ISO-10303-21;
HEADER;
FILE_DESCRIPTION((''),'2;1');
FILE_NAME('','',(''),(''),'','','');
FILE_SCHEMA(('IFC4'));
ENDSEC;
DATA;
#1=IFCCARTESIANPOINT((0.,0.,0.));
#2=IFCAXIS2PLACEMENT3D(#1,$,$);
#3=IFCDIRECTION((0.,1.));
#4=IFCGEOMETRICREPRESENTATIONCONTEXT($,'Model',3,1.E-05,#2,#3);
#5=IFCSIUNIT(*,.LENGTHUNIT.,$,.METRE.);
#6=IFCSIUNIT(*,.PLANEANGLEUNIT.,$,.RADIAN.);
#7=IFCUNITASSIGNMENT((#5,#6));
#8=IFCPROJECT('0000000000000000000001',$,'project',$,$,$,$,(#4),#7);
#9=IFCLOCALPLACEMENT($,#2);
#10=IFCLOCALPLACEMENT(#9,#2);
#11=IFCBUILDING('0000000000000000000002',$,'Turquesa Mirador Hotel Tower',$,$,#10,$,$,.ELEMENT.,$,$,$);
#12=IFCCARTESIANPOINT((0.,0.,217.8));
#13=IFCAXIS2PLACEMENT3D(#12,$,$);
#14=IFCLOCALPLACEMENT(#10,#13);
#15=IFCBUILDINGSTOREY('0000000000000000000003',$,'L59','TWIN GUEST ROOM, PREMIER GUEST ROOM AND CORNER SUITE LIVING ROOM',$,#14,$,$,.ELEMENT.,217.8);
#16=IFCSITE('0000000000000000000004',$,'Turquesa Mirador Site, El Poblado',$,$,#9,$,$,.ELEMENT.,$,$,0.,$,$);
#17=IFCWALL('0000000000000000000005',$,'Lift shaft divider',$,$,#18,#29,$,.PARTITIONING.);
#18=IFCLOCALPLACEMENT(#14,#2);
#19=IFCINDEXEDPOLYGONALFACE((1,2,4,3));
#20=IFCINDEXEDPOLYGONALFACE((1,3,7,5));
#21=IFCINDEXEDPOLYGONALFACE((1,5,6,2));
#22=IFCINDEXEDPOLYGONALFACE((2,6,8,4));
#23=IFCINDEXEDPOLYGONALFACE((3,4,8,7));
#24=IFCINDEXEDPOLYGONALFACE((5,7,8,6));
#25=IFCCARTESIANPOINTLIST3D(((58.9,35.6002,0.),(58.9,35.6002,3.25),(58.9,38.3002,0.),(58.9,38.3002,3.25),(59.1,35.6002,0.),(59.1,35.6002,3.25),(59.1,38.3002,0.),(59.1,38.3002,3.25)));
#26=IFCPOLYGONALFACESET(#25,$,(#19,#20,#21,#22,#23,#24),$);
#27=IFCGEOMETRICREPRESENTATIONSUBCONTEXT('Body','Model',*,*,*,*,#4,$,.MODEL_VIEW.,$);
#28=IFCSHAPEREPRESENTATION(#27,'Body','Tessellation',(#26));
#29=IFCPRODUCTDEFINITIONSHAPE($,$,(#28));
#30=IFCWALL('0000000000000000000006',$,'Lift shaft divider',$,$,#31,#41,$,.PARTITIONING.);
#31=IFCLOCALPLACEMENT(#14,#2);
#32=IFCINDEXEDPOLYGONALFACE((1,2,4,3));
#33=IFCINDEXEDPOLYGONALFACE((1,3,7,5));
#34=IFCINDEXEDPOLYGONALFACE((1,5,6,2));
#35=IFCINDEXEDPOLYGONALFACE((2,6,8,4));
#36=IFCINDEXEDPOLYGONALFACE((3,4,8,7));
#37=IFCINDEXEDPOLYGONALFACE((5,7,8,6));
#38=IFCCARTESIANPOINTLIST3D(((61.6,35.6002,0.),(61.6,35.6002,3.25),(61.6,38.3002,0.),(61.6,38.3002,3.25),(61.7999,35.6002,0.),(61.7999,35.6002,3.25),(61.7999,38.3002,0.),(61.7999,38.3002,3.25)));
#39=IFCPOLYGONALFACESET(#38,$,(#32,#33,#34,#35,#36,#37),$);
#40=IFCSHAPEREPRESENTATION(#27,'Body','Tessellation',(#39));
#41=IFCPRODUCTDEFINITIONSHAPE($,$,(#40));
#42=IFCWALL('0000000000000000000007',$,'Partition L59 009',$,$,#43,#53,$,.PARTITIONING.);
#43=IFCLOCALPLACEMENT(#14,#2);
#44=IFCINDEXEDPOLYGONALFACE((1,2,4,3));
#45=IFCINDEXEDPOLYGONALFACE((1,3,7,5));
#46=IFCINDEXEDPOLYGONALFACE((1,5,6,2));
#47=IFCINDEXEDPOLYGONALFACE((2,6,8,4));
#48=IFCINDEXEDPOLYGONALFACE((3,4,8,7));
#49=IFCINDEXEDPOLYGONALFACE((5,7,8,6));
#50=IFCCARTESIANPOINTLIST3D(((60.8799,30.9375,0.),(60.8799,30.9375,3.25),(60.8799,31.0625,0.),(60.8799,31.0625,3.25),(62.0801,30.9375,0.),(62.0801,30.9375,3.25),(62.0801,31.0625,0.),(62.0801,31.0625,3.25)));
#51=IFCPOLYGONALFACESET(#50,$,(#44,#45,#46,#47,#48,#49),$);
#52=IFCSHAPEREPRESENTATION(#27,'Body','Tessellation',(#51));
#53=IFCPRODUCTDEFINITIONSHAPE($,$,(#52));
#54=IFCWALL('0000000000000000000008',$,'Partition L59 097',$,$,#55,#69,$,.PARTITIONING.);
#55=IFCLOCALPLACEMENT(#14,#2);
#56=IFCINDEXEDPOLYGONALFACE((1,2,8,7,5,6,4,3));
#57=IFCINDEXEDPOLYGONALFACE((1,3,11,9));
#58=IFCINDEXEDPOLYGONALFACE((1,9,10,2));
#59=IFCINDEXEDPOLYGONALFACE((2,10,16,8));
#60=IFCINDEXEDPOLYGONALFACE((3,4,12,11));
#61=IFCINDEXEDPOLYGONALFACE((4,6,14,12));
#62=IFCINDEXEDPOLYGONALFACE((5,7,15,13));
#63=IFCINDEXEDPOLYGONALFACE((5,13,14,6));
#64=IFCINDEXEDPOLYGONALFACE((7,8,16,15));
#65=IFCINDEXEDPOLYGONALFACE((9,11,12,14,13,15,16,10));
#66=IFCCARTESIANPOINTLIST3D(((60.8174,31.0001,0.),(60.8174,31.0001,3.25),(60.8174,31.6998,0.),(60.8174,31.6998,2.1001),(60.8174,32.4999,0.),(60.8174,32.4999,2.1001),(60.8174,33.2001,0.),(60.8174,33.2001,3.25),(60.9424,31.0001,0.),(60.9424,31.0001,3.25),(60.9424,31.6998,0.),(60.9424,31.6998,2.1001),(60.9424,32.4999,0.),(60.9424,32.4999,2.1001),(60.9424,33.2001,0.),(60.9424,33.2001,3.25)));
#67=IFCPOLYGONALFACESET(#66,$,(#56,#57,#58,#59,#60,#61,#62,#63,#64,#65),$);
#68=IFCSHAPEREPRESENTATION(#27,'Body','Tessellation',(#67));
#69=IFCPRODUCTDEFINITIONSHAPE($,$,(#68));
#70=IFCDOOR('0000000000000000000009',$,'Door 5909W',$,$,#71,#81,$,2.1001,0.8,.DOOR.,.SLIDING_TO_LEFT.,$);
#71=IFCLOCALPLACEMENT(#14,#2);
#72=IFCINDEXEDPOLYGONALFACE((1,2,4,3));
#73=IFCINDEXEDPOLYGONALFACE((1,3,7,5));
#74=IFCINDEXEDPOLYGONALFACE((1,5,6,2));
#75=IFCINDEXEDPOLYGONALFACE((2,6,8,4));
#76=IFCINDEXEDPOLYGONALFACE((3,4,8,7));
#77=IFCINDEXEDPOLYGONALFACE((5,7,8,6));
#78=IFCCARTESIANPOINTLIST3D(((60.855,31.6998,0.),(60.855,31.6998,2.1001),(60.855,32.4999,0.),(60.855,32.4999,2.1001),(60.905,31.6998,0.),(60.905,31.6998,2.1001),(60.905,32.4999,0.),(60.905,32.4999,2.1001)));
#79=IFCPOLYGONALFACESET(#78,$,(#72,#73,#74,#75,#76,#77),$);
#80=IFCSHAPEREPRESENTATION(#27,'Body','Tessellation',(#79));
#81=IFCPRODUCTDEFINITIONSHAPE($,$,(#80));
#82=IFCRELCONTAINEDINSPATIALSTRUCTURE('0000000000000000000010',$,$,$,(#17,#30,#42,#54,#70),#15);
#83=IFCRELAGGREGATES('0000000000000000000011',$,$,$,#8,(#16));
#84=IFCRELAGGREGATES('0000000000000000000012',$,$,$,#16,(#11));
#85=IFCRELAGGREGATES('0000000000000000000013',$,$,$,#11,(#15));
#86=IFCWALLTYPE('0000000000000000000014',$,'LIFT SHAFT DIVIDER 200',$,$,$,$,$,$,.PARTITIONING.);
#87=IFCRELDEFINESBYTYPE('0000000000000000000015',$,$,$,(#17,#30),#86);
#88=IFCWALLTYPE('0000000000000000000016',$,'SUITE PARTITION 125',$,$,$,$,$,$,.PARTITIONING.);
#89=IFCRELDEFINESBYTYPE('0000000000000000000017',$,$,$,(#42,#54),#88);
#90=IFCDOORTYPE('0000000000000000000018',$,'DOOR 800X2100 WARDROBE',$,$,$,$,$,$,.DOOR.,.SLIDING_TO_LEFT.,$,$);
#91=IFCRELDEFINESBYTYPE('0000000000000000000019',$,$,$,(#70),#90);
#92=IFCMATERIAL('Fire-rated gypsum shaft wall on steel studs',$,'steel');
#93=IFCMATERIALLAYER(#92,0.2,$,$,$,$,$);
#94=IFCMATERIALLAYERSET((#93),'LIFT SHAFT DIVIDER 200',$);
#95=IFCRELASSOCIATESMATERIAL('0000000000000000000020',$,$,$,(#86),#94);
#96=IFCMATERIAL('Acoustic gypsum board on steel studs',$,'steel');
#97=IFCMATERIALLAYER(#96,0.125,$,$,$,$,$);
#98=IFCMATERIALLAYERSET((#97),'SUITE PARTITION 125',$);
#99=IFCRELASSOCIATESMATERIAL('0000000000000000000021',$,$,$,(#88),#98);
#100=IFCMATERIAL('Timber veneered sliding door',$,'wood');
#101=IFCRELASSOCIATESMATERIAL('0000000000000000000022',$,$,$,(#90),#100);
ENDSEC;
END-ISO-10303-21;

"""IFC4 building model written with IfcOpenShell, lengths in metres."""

from ifc_helpers import new_model, si_unit, direction, frame, frame_2d, origin, place, context, subcontext, project, spatial, rectangle, extrude, material, layer, layer_set, type_object, element, fill, save


model = new_model("IFC4")

# Units and contexts
model_context = context("Model", 3, precision=1e-05, world=origin(), true_north=direction((0.0, 1.0)))
body_context = subcontext(model_context, "Body", "Model", "MODEL_VIEW")
ifc_project = project(units=[si_unit("LENGTHUNIT", "METRE"), si_unit("PLANEANGLEUNIT", "RADIAN")], contexts=[model_context])

# Site, building, storey
site_placement = place(None, origin())
site = spatial("IfcSite", under=ifc_project, at=site_placement, Name="Turquesa Mirador Site, El Poblado", CompositionType="ELEMENT", RefElevation=0.0)
building_placement = place(site_placement, origin())
building = spatial("IfcBuilding", under=site, at=building_placement, Name="Turquesa Mirador Hotel Tower", CompositionType="ELEMENT")
storey_placement = place(building_placement, frame((0.0, 0.0, 217.8)))
storey = spatial("IfcBuildingStorey", under=building, at=storey_placement, Name="L59", Description="TWIN GUEST ROOM, PREMIER GUEST ROOM AND CORNER SUITE LIVING ROOM", CompositionType="ELEMENT", Elevation=217.8)

# Walls
ifc_material_1 = material(Name="Fire-rated gypsum shaft wall on steel studs", Category="steel")
ifc_layer_1 = layer(ifc_material_1, 0.2)
ifc_layer_set_1 = layer_set([ifc_layer_1], Name="LIFT SHAFT DIVIDER 200")
wall_type_1 = type_object("IfcWallType", Name="LIFT SHAFT DIVIDER 200", PredefinedType="PARTITIONING", material=ifc_layer_set_1)
for number, where, z_axis, x_axis, name in (
    (1, (59.0, 35.6001, 0.0), (0.0, 0.0, 1.0), (0.0, 1.0, 0.0), "Lift shaft divider"),
    (2, (61.7, 35.6001, 0.0), (0.0, 0.0, 1.0), (0.0, 1.0, 0.0), "Lift shaft divider"),
):
    element("IfcWall", number, at=place(storey_placement, frame(where, z_axis=z_axis, x_axis=x_axis)), inside=storey, type_object=wall_type_1, Name=name, PredefinedType="PARTITIONING", context=body_context, shape_type="SweptSolid", body=[
        extrude(rectangle(XDim=2.7, YDim=0.2, at=frame_2d((1.3501, 0.0))), origin(), (0.0, 0.0, 1.0), 3.25),
    ])
ifc_material_2 = material(Name="Acoustic gypsum board on steel studs", Category="steel")
ifc_layer_2 = layer(ifc_material_2, 0.125)
ifc_layer_set_2 = layer_set([ifc_layer_2], Name="SUITE PARTITION 125")
wall_type_2 = type_object("IfcWallType", Name="SUITE PARTITION 125", PredefinedType="PARTITIONING", material=ifc_layer_set_2)
wall_1_placement = place(storey_placement, frame((60.8799, 31.0, 0.0), z_axis=(0.0, 0.0, 1.0), x_axis=(1.0, 0.0, 0.0)))
element("IfcWall", 3, at=wall_1_placement, inside=storey, type_object=wall_type_2, Name="Partition L59 009", PredefinedType="PARTITIONING", context=body_context, shape_type="SweptSolid", body=[
    extrude(rectangle(XDim=1.2002, YDim=0.125, at=frame_2d((0.6001, 0.0))), origin(), (0.0, 0.0, 1.0), 3.25),
])

# Wall, opening, door
wall_2_placement = place(storey_placement, frame((60.8799, 31.0, 0.0), z_axis=(0.0, 0.0, 1.0), x_axis=(0.0, 1.0, 0.0)))
wall_2 = element("IfcWall", 4, at=wall_2_placement, inside=storey, type_object=wall_type_2, Name="Partition L59 097", PredefinedType="PARTITIONING", context=body_context, shape_type="SweptSolid", body=[
    extrude(rectangle(XDim=2.2, YDim=0.125, at=frame_2d((1.1001, 0.0))), origin(), (0.0, 0.0, 1.0), 3.25),
])
opening_1_placement = place(wall_2_placement, frame((0.7, 0.0, 0.0)))
opening_1 = element("IfcOpeningElement", 5, at=opening_1_placement, cuts=wall_2, PredefinedType="OPENING", context=body_context, shape_type="SweptSolid", body=[
    extrude(rectangle(XDim=0.8, YDim=2.1001, at=frame_2d((0.3999, 1.05))), frame((0.0, 0.0725, 0.0), z_axis=(0.0, -1.0, 0.0), x_axis=(1.0, 0.0, 0.0)), (0.0, 0.0, 1.0), 0.145),
])
ifc_material_3 = material(Name="Timber veneered sliding door", Category="wood")
door_type_1 = type_object("IfcDoorType", Name="DOOR 800X2100 WARDROBE", OperationType="SLIDING_TO_LEFT", PredefinedType="DOOR", material=ifc_material_3)
door_1_placement = place(opening_1_placement, origin())
door_1 = element("IfcDoor", 6, at=door_1_placement, inside=storey, type_object=door_type_1, Name="Door 5909W", OperationType="SLIDING_TO_LEFT", OverallHeight=2.1001, OverallWidth=0.8, PredefinedType="DOOR", context=body_context, shape_type="SweptSolid", body=[
    extrude(rectangle(XDim=0.8, YDim=2.1001, at=frame_2d((0.3999, 1.05))), frame((0.0, 0.0249, 0.0), z_axis=(0.0, -1.0, 0.0), x_axis=(1.0, 0.0, 0.0)), (0.0, 0.0, 1.0), 0.05),
])
fill(opening_1, door_1)

save(model, "model.ifc")
